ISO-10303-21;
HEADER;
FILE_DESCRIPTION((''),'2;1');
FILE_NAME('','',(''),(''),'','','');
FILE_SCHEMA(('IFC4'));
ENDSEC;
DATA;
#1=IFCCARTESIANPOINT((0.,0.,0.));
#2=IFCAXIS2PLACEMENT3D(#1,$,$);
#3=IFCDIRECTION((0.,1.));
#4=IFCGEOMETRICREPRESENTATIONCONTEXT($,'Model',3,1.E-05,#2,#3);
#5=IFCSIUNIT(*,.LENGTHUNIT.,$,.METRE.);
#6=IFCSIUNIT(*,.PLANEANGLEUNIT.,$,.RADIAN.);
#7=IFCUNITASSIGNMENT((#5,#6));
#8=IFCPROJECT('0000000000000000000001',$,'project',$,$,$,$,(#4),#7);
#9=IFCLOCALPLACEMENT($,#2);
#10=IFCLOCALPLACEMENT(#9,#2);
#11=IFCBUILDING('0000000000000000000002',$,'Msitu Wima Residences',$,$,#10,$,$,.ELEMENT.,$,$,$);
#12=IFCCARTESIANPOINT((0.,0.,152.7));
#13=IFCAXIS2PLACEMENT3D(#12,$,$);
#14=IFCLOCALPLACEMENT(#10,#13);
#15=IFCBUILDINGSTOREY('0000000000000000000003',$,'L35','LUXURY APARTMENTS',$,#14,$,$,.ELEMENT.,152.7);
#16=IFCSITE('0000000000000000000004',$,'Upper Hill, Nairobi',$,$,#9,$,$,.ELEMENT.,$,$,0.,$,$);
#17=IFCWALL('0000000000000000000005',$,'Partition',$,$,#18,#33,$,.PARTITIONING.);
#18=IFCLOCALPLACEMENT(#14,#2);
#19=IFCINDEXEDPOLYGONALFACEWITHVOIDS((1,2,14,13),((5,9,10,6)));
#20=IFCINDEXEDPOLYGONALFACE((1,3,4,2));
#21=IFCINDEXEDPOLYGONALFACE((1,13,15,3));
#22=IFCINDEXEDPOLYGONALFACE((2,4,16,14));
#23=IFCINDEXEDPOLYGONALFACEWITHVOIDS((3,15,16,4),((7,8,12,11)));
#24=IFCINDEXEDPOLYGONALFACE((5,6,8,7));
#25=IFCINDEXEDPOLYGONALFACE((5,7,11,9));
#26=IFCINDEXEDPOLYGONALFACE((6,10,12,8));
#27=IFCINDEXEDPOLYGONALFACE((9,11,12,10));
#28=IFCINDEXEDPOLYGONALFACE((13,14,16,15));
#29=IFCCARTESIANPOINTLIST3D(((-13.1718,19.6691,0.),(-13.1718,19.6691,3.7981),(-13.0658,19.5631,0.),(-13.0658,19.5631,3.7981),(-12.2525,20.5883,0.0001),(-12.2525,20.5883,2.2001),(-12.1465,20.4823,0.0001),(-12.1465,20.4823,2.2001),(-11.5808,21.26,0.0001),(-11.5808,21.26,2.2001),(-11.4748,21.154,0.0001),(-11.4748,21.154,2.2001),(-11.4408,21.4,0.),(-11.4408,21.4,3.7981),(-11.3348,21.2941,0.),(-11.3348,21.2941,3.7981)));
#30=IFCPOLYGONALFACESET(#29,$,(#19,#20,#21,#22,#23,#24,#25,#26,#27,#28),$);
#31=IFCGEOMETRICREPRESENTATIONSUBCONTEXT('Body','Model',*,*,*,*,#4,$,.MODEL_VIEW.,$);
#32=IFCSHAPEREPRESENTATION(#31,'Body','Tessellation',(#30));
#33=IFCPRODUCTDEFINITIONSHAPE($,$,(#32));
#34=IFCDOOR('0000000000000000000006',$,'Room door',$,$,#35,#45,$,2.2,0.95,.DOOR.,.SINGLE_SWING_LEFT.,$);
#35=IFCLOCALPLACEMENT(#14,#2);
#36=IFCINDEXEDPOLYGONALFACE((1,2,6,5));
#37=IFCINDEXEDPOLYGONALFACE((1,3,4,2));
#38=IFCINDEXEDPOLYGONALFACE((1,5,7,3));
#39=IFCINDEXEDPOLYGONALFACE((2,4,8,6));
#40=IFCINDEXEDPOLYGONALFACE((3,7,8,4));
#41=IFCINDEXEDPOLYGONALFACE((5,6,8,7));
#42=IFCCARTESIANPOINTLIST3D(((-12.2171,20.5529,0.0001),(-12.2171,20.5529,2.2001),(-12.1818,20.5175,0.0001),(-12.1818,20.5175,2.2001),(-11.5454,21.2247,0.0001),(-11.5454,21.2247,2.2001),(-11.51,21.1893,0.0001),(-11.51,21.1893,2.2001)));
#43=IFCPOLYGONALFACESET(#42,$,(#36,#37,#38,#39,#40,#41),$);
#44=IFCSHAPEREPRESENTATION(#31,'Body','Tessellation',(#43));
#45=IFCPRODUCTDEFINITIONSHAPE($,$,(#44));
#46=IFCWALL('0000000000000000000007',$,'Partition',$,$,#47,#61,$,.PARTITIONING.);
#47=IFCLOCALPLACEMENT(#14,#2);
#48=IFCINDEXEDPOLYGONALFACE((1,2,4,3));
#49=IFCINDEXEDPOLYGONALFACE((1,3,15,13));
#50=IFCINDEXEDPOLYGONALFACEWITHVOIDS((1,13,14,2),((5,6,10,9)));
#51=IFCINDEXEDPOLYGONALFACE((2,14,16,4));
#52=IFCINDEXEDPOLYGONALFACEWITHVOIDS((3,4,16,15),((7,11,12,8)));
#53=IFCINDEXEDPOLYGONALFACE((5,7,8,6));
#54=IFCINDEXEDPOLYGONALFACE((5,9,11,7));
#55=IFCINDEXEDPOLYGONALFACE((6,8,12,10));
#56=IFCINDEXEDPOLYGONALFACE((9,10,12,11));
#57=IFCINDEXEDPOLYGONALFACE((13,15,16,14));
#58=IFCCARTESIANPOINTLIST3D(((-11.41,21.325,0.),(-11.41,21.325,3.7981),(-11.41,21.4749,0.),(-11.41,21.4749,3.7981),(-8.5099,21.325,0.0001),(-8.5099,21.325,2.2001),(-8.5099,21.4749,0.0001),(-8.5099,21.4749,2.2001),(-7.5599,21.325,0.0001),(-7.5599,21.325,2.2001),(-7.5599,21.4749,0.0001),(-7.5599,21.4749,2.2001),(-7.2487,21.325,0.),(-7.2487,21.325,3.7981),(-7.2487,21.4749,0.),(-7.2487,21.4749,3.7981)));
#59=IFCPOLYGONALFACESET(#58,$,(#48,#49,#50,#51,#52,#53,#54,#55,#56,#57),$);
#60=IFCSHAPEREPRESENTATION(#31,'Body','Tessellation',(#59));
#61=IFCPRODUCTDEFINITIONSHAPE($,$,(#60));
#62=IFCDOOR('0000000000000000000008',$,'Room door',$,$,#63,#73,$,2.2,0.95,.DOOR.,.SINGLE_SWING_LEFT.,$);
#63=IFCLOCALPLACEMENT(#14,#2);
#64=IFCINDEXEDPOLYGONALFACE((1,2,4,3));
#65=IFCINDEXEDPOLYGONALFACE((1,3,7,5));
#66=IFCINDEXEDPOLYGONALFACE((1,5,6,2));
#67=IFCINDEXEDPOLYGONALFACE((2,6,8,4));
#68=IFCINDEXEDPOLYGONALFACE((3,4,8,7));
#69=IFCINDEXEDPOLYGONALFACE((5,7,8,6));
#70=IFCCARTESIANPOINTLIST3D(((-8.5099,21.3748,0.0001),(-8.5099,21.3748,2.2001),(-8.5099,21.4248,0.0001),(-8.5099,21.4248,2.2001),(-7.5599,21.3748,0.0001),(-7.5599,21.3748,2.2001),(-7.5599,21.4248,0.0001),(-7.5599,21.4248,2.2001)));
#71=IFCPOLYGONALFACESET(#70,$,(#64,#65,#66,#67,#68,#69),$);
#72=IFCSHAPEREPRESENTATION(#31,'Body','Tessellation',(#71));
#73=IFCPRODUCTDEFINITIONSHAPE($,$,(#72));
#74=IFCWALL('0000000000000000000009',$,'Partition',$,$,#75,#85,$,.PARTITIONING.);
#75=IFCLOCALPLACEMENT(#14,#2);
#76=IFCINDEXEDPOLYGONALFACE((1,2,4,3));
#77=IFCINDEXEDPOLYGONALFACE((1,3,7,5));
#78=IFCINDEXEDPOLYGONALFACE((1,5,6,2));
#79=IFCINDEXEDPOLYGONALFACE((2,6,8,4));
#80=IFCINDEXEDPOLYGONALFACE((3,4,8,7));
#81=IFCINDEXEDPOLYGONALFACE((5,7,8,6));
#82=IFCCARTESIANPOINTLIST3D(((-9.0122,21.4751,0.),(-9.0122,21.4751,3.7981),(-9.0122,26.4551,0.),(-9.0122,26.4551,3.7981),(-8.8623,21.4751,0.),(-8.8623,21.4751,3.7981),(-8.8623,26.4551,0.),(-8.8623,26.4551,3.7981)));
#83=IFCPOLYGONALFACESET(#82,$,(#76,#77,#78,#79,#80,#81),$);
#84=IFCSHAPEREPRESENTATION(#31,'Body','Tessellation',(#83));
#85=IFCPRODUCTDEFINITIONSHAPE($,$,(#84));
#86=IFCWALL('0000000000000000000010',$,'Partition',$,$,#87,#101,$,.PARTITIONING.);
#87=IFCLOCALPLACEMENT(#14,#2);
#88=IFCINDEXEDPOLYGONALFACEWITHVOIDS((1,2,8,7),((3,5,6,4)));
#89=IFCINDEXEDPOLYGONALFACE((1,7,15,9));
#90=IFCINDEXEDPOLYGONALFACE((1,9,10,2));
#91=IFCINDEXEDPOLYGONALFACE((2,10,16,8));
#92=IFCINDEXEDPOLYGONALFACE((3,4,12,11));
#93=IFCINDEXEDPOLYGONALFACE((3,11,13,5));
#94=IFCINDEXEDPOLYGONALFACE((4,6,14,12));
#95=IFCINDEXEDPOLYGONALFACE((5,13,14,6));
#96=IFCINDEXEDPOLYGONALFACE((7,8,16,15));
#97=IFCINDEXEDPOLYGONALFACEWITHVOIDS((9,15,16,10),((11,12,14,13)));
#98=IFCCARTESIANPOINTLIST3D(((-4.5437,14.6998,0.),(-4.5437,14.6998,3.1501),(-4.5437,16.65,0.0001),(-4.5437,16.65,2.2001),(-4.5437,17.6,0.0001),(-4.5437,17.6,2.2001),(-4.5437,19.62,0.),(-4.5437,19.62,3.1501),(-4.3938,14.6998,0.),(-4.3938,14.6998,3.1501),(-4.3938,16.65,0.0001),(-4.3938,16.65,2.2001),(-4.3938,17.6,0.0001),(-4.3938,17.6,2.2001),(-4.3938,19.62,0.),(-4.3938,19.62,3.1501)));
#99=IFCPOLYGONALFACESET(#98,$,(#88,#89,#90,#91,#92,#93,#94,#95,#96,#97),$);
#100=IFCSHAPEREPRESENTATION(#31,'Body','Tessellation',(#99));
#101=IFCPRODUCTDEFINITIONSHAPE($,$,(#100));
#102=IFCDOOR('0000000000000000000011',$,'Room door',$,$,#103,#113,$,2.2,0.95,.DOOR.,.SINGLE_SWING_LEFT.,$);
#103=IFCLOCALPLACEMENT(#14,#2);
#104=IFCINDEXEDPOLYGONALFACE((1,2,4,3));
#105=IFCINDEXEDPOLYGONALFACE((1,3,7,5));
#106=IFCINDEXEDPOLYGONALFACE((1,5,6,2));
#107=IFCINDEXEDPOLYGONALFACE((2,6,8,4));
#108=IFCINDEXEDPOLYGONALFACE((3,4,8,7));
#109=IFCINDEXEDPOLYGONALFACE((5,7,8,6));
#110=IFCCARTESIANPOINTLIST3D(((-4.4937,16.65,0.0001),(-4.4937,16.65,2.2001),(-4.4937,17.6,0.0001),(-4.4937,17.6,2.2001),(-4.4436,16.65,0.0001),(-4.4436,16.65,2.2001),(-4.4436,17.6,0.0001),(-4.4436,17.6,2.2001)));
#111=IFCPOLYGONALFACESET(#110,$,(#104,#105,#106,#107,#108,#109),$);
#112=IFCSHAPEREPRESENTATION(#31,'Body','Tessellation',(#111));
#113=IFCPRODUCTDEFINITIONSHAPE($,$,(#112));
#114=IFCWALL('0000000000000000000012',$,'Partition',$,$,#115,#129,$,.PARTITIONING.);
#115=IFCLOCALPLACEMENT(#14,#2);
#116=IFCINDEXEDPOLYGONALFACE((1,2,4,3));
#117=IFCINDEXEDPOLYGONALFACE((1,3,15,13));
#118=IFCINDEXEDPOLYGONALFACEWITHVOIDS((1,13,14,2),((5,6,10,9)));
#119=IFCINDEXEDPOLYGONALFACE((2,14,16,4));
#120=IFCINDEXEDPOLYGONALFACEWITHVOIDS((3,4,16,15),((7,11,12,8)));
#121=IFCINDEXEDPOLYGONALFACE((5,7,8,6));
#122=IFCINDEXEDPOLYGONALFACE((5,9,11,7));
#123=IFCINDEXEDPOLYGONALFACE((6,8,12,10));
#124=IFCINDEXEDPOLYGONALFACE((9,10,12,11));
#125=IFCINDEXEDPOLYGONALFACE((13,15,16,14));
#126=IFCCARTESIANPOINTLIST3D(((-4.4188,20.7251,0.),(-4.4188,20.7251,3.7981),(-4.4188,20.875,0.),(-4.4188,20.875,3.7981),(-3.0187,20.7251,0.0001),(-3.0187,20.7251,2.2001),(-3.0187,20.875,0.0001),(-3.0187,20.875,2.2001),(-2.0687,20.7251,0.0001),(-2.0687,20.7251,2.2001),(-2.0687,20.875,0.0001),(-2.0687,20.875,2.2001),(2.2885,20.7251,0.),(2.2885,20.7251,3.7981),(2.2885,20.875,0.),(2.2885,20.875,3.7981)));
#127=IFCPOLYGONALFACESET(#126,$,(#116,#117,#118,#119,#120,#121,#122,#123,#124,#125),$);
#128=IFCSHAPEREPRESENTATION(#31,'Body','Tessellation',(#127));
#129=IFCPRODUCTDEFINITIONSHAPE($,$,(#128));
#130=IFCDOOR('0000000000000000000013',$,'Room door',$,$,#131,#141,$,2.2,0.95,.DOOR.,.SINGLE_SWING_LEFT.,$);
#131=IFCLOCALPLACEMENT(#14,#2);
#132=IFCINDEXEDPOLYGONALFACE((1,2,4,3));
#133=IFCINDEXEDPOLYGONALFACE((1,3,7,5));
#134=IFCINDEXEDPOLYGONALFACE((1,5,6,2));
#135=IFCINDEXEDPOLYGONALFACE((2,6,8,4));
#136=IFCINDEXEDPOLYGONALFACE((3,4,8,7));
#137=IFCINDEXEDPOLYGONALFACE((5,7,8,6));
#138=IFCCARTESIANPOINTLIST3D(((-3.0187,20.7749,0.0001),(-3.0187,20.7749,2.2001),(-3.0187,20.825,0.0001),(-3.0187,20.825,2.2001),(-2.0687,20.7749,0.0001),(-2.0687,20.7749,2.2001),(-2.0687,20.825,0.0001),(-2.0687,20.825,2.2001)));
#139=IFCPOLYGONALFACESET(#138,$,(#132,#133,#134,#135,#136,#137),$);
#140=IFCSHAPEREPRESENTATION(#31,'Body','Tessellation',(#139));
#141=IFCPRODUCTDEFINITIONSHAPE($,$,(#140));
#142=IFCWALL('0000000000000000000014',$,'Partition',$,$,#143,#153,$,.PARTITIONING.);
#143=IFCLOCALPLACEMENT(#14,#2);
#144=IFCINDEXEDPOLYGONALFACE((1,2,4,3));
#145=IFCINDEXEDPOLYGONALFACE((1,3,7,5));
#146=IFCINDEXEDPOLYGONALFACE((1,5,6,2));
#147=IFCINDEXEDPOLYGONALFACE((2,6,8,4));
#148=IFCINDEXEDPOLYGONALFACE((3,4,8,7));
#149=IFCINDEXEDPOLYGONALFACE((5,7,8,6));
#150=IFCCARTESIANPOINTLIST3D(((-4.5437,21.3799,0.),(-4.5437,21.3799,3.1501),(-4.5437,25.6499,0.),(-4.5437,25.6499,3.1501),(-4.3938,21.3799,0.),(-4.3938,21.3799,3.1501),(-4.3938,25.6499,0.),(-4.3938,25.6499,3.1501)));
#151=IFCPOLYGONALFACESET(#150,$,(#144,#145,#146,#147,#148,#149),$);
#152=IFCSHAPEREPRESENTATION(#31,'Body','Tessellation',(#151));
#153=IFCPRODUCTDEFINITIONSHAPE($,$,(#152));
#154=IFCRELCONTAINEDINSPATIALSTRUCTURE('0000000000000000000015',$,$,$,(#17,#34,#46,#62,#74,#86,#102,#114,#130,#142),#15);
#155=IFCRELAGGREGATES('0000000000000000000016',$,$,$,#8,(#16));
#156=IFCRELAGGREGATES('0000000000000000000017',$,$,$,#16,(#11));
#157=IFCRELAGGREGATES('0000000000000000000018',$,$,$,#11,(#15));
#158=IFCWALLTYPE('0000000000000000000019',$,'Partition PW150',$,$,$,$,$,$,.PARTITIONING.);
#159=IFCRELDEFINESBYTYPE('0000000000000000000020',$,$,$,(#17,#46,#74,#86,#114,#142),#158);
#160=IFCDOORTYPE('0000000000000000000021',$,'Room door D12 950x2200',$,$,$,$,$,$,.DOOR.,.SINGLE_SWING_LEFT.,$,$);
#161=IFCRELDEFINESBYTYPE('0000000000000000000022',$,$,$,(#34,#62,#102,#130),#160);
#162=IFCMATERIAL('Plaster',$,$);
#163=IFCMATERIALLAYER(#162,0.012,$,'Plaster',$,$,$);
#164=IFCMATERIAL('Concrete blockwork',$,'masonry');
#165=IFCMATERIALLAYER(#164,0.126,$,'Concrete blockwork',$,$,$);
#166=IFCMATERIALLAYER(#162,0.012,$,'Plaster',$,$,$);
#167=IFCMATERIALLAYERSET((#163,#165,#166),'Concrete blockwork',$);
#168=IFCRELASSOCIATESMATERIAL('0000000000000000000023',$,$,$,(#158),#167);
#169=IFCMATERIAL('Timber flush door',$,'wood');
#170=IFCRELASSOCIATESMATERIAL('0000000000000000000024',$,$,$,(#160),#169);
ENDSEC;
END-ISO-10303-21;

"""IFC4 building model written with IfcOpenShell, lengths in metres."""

from ifc_helpers import new_model, si_unit, direction, frame, frame_2d, origin, place, context, subcontext, project, spatial, rectangle, extrude, material, layer, layer_set, type_object, element, fill, save


model = new_model("IFC4")

# Units and contexts
model_context = context("Model", 3, precision=1e-05, world=origin(), true_north=direction((0.0, 1.0)))
body_context = subcontext(model_context, "Body", "Model", "MODEL_VIEW")
ifc_project = project(units=[si_unit("LENGTHUNIT", "METRE"), si_unit("PLANEANGLEUNIT", "RADIAN")], contexts=[model_context])

# Site, building, storey
site_placement = place(None, origin())
site = spatial("IfcSite", under=ifc_project, at=site_placement, Name="Upper Hill, Nairobi", CompositionType="ELEMENT", RefElevation=0.0)
building_placement = place(site_placement, origin())
building = spatial("IfcBuilding", under=site, at=building_placement, Name="Msitu Wima Residences", CompositionType="ELEMENT")
storey_placement = place(building_placement, frame((0.0, 0.0, 152.7)))
storey = spatial("IfcBuildingStorey", under=building, at=storey_placement, Name="L35", Description="LUXURY APARTMENTS", CompositionType="ELEMENT", Elevation=152.7)

# Walls, openings, doors
ifc_material_1 = material(Name="Plaster")
ifc_layer_1 = layer(ifc_material_1, 0.012, Name="Plaster")
ifc_material_2 = material(Name="Concrete blockwork", Category="masonry")
ifc_layer_2 = layer(ifc_material_2, 0.126, Name="Concrete blockwork")
ifc_layer_3 = layer(ifc_material_1, 0.012, Name="Plaster")
ifc_layer_set_1 = layer_set([ifc_layer_1, ifc_layer_2, ifc_layer_3], Name="Concrete blockwork")
wall_type_1 = type_object("IfcWallType", Name="Partition PW150", PredefinedType="PARTITIONING", material=ifc_layer_set_1)
wall_1_placement = place(storey_placement, frame((-13.1189, 19.616, 0.0), z_axis=(0.0, 0.0, 1.0), x_axis=(0.707107, 0.707107, 0.0)))
wall_1 = element("IfcWall", 1, at=wall_1_placement, inside=storey, type_object=wall_type_1, Name="Partition", PredefinedType="PARTITIONING", context=body_context, shape_type="SweptSolid", body=[
    extrude(rectangle(XDim=2.448, YDim=0.1499, at=frame_2d((1.2241, 0.0))), origin(), (0.0, 0.0, 1.0), 3.7981),
])
opening_1_placement = place(wall_1_placement, frame((1.3, 0.0, 0.0)))
opening_1 = element("IfcOpeningElement", 2, at=opening_1_placement, cuts=wall_1, PredefinedType="OPENING", context=body_context, shape_type="SweptSolid", body=[
    extrude(rectangle(XDim=0.95, YDim=2.2, at=frame_2d((0.4751, 1.1001))), frame((0.0, 0.085, 0.0), z_axis=(0.0, -1.0, 0.0), x_axis=(1.0, 0.0, 0.0)), (0.0, 0.0, 1.0), 0.1699),
])
ifc_material_3 = material(Name="Timber flush door", Category="wood")
door_type_1 = type_object("IfcDoorType", Name="Room door D12 950x2200", OperationType="SINGLE_SWING_LEFT", PredefinedType="DOOR", material=ifc_material_3)
door_1_placement = place(opening_1_placement, origin())
door_1 = element("IfcDoor", 3, at=door_1_placement, inside=storey, type_object=door_type_1, Name="Room door", OperationType="SINGLE_SWING_LEFT", OverallHeight=2.2, OverallWidth=0.95, PredefinedType="DOOR", context=body_context, shape_type="SweptSolid", body=[
    extrude(rectangle(XDim=0.95, YDim=2.2, at=frame_2d((0.4751, 1.1001))), frame((0.0, 0.0249, 0.0), z_axis=(0.0, -1.0, 0.0), x_axis=(1.0, 0.0, 0.0)), (0.0, 0.0, 1.0), 0.05),
])
fill(opening_1, door_1)
wall_2_placement = place(storey_placement, frame((-11.4099, 21.3999, 0.0), z_axis=(0.0, 0.0, 1.0), x_axis=(1.0, 0.0, 0.0)))
wall_2 = element("IfcWall", 4, at=wall_2_placement, inside=storey, type_object=wall_type_1, Name="Partition", PredefinedType="PARTITIONING", context=body_context, shape_type="SweptSolid", body=[
    extrude(rectangle(XDim=4.1614, YDim=0.1499, at=frame_2d((2.0806, 0.0))), origin(), (0.0, 0.0, 1.0), 3.7981),
])
opening_2_placement = place(wall_2_placement, frame((2.8999, 0.0, 0.0)))
opening_2 = element("IfcOpeningElement", 5, at=opening_2_placement, cuts=wall_2, PredefinedType="OPENING", context=body_context, shape_type="SweptSolid", body=[
    extrude(rectangle(XDim=0.95, YDim=2.2, at=frame_2d((0.4751, 1.1001))), frame((0.0, 0.085, 0.0), z_axis=(0.0, -1.0, 0.0), x_axis=(1.0, 0.0, 0.0)), (0.0, 0.0, 1.0), 0.1699),
])
door_2_placement = place(opening_2_placement, origin())
door_2 = element("IfcDoor", 6, at=door_2_placement, inside=storey, type_object=door_type_1, Name="Room door", OperationType="SINGLE_SWING_LEFT", OverallHeight=2.2, OverallWidth=0.95, PredefinedType="DOOR", context=body_context, shape_type="SweptSolid", body=[
    extrude(rectangle(XDim=0.95, YDim=2.2, at=frame_2d((0.4751, 1.1001))), frame((0.0, 0.0249, 0.0), z_axis=(0.0, -1.0, 0.0), x_axis=(1.0, 0.0, 0.0)), (0.0, 0.0, 1.0), 0.05),
])
fill(opening_2, door_2)

# Wall
wall_3_placement = place(storey_placement, frame((-8.9373, 21.4751, 0.0), z_axis=(0.0, 0.0, 1.0), x_axis=(0.0, 1.0, 0.0)))
element("IfcWall", 7, at=wall_3_placement, inside=storey, type_object=wall_type_1, Name="Partition", PredefinedType="PARTITIONING", context=body_context, shape_type="SweptSolid", body=[
    extrude(rectangle(XDim=4.98, YDim=0.1499, at=frame_2d((2.49, 0.0))), origin(), (0.0, 0.0, 1.0), 3.7981),
])

# Walls, openings, doors
wall_4_placement = place(storey_placement, frame((-4.4688, 14.7, 0.0), z_axis=(0.0, 0.0, 1.0), x_axis=(0.0, 1.0, 0.0)))
wall_4 = element("IfcWall", 8, at=wall_4_placement, inside=storey, type_object=wall_type_1, Name="Partition", PredefinedType="PARTITIONING", context=body_context, shape_type="SweptSolid", body=[
    extrude(rectangle(XDim=4.9202, YDim=0.1499, at=frame_2d((2.46, 0.0))), origin(), (0.0, 0.0, 1.0), 3.1501),
])
opening_3_placement = place(wall_4_placement, frame((1.95, 0.0, 0.0)))
opening_3 = element("IfcOpeningElement", 9, at=opening_3_placement, cuts=wall_4, PredefinedType="OPENING", context=body_context, shape_type="SweptSolid", body=[
    extrude(rectangle(XDim=0.95, YDim=2.2, at=frame_2d((0.4751, 1.1001))), frame((0.0, 0.085, 0.0), z_axis=(0.0, -1.0, 0.0), x_axis=(1.0, 0.0, 0.0)), (0.0, 0.0, 1.0), 0.1699),
])
door_3_placement = place(opening_3_placement, origin())
door_3 = element("IfcDoor", 10, at=door_3_placement, inside=storey, type_object=door_type_1, Name="Room door", OperationType="SINGLE_SWING_LEFT", OverallHeight=2.2, OverallWidth=0.95, PredefinedType="DOOR", context=body_context, shape_type="SweptSolid", body=[
    extrude(rectangle(XDim=0.95, YDim=2.2, at=frame_2d((0.4751, 1.1001))), frame((0.0, 0.0249, 0.0), z_axis=(0.0, -1.0, 0.0), x_axis=(1.0, 0.0, 0.0)), (0.0, 0.0, 1.0), 0.05),
])
fill(opening_3, door_3)
wall_5_placement = place(storey_placement, frame((-4.4187, 20.8, 0.0), z_axis=(0.0, 0.0, 1.0), x_axis=(1.0, 0.0, 0.0)))
wall_5 = element("IfcWall", 11, at=wall_5_placement, inside=storey, type_object=wall_type_1, Name="Partition", PredefinedType="PARTITIONING", context=body_context, shape_type="SweptSolid", body=[
    extrude(rectangle(XDim=6.7073, YDim=0.1499, at=frame_2d((3.3535, 0.0))), origin(), (0.0, 0.0, 1.0), 3.7981),
])
opening_4_placement = place(wall_5_placement, frame((1.3999, 0.0, 0.0)))
opening_4 = element("IfcOpeningElement", 12, at=opening_4_placement, cuts=wall_5, PredefinedType="OPENING", context=body_context, shape_type="SweptSolid", body=[
    extrude(rectangle(XDim=0.95, YDim=2.2, at=frame_2d((0.4751, 1.1001))), frame((0.0, 0.085, 0.0), z_axis=(0.0, -1.0, 0.0), x_axis=(1.0, 0.0, 0.0)), (0.0, 0.0, 1.0), 0.1699),
])
door_4_placement = place(opening_4_placement, origin())
door_4 = element("IfcDoor", 13, at=door_4_placement, inside=storey, type_object=door_type_1, Name="Room door", OperationType="SINGLE_SWING_LEFT", OverallHeight=2.2, OverallWidth=0.95, PredefinedType="DOOR", context=body_context, shape_type="SweptSolid", body=[
    extrude(rectangle(XDim=0.95, YDim=2.2, at=frame_2d((0.4751, 1.1001))), frame((0.0, 0.0249, 0.0), z_axis=(0.0, -1.0, 0.0), x_axis=(1.0, 0.0, 0.0)), (0.0, 0.0, 1.0), 0.05),
])
fill(opening_4, door_4)

# Wall
wall_6_placement = place(storey_placement, frame((-4.4688, 21.3799, 0.0), z_axis=(0.0, 0.0, 1.0), x_axis=(0.0, 1.0, 0.0)))
element("IfcWall", 14, at=wall_6_placement, inside=storey, type_object=wall_type_1, Name="Partition", PredefinedType="PARTITIONING", context=body_context, shape_type="SweptSolid", body=[
    extrude(rectangle(XDim=4.27, YDim=0.1499, at=frame_2d((2.135, 0.0))), origin(), (0.0, 0.0, 1.0), 3.1501),
])

save(model, "model.ifc")
